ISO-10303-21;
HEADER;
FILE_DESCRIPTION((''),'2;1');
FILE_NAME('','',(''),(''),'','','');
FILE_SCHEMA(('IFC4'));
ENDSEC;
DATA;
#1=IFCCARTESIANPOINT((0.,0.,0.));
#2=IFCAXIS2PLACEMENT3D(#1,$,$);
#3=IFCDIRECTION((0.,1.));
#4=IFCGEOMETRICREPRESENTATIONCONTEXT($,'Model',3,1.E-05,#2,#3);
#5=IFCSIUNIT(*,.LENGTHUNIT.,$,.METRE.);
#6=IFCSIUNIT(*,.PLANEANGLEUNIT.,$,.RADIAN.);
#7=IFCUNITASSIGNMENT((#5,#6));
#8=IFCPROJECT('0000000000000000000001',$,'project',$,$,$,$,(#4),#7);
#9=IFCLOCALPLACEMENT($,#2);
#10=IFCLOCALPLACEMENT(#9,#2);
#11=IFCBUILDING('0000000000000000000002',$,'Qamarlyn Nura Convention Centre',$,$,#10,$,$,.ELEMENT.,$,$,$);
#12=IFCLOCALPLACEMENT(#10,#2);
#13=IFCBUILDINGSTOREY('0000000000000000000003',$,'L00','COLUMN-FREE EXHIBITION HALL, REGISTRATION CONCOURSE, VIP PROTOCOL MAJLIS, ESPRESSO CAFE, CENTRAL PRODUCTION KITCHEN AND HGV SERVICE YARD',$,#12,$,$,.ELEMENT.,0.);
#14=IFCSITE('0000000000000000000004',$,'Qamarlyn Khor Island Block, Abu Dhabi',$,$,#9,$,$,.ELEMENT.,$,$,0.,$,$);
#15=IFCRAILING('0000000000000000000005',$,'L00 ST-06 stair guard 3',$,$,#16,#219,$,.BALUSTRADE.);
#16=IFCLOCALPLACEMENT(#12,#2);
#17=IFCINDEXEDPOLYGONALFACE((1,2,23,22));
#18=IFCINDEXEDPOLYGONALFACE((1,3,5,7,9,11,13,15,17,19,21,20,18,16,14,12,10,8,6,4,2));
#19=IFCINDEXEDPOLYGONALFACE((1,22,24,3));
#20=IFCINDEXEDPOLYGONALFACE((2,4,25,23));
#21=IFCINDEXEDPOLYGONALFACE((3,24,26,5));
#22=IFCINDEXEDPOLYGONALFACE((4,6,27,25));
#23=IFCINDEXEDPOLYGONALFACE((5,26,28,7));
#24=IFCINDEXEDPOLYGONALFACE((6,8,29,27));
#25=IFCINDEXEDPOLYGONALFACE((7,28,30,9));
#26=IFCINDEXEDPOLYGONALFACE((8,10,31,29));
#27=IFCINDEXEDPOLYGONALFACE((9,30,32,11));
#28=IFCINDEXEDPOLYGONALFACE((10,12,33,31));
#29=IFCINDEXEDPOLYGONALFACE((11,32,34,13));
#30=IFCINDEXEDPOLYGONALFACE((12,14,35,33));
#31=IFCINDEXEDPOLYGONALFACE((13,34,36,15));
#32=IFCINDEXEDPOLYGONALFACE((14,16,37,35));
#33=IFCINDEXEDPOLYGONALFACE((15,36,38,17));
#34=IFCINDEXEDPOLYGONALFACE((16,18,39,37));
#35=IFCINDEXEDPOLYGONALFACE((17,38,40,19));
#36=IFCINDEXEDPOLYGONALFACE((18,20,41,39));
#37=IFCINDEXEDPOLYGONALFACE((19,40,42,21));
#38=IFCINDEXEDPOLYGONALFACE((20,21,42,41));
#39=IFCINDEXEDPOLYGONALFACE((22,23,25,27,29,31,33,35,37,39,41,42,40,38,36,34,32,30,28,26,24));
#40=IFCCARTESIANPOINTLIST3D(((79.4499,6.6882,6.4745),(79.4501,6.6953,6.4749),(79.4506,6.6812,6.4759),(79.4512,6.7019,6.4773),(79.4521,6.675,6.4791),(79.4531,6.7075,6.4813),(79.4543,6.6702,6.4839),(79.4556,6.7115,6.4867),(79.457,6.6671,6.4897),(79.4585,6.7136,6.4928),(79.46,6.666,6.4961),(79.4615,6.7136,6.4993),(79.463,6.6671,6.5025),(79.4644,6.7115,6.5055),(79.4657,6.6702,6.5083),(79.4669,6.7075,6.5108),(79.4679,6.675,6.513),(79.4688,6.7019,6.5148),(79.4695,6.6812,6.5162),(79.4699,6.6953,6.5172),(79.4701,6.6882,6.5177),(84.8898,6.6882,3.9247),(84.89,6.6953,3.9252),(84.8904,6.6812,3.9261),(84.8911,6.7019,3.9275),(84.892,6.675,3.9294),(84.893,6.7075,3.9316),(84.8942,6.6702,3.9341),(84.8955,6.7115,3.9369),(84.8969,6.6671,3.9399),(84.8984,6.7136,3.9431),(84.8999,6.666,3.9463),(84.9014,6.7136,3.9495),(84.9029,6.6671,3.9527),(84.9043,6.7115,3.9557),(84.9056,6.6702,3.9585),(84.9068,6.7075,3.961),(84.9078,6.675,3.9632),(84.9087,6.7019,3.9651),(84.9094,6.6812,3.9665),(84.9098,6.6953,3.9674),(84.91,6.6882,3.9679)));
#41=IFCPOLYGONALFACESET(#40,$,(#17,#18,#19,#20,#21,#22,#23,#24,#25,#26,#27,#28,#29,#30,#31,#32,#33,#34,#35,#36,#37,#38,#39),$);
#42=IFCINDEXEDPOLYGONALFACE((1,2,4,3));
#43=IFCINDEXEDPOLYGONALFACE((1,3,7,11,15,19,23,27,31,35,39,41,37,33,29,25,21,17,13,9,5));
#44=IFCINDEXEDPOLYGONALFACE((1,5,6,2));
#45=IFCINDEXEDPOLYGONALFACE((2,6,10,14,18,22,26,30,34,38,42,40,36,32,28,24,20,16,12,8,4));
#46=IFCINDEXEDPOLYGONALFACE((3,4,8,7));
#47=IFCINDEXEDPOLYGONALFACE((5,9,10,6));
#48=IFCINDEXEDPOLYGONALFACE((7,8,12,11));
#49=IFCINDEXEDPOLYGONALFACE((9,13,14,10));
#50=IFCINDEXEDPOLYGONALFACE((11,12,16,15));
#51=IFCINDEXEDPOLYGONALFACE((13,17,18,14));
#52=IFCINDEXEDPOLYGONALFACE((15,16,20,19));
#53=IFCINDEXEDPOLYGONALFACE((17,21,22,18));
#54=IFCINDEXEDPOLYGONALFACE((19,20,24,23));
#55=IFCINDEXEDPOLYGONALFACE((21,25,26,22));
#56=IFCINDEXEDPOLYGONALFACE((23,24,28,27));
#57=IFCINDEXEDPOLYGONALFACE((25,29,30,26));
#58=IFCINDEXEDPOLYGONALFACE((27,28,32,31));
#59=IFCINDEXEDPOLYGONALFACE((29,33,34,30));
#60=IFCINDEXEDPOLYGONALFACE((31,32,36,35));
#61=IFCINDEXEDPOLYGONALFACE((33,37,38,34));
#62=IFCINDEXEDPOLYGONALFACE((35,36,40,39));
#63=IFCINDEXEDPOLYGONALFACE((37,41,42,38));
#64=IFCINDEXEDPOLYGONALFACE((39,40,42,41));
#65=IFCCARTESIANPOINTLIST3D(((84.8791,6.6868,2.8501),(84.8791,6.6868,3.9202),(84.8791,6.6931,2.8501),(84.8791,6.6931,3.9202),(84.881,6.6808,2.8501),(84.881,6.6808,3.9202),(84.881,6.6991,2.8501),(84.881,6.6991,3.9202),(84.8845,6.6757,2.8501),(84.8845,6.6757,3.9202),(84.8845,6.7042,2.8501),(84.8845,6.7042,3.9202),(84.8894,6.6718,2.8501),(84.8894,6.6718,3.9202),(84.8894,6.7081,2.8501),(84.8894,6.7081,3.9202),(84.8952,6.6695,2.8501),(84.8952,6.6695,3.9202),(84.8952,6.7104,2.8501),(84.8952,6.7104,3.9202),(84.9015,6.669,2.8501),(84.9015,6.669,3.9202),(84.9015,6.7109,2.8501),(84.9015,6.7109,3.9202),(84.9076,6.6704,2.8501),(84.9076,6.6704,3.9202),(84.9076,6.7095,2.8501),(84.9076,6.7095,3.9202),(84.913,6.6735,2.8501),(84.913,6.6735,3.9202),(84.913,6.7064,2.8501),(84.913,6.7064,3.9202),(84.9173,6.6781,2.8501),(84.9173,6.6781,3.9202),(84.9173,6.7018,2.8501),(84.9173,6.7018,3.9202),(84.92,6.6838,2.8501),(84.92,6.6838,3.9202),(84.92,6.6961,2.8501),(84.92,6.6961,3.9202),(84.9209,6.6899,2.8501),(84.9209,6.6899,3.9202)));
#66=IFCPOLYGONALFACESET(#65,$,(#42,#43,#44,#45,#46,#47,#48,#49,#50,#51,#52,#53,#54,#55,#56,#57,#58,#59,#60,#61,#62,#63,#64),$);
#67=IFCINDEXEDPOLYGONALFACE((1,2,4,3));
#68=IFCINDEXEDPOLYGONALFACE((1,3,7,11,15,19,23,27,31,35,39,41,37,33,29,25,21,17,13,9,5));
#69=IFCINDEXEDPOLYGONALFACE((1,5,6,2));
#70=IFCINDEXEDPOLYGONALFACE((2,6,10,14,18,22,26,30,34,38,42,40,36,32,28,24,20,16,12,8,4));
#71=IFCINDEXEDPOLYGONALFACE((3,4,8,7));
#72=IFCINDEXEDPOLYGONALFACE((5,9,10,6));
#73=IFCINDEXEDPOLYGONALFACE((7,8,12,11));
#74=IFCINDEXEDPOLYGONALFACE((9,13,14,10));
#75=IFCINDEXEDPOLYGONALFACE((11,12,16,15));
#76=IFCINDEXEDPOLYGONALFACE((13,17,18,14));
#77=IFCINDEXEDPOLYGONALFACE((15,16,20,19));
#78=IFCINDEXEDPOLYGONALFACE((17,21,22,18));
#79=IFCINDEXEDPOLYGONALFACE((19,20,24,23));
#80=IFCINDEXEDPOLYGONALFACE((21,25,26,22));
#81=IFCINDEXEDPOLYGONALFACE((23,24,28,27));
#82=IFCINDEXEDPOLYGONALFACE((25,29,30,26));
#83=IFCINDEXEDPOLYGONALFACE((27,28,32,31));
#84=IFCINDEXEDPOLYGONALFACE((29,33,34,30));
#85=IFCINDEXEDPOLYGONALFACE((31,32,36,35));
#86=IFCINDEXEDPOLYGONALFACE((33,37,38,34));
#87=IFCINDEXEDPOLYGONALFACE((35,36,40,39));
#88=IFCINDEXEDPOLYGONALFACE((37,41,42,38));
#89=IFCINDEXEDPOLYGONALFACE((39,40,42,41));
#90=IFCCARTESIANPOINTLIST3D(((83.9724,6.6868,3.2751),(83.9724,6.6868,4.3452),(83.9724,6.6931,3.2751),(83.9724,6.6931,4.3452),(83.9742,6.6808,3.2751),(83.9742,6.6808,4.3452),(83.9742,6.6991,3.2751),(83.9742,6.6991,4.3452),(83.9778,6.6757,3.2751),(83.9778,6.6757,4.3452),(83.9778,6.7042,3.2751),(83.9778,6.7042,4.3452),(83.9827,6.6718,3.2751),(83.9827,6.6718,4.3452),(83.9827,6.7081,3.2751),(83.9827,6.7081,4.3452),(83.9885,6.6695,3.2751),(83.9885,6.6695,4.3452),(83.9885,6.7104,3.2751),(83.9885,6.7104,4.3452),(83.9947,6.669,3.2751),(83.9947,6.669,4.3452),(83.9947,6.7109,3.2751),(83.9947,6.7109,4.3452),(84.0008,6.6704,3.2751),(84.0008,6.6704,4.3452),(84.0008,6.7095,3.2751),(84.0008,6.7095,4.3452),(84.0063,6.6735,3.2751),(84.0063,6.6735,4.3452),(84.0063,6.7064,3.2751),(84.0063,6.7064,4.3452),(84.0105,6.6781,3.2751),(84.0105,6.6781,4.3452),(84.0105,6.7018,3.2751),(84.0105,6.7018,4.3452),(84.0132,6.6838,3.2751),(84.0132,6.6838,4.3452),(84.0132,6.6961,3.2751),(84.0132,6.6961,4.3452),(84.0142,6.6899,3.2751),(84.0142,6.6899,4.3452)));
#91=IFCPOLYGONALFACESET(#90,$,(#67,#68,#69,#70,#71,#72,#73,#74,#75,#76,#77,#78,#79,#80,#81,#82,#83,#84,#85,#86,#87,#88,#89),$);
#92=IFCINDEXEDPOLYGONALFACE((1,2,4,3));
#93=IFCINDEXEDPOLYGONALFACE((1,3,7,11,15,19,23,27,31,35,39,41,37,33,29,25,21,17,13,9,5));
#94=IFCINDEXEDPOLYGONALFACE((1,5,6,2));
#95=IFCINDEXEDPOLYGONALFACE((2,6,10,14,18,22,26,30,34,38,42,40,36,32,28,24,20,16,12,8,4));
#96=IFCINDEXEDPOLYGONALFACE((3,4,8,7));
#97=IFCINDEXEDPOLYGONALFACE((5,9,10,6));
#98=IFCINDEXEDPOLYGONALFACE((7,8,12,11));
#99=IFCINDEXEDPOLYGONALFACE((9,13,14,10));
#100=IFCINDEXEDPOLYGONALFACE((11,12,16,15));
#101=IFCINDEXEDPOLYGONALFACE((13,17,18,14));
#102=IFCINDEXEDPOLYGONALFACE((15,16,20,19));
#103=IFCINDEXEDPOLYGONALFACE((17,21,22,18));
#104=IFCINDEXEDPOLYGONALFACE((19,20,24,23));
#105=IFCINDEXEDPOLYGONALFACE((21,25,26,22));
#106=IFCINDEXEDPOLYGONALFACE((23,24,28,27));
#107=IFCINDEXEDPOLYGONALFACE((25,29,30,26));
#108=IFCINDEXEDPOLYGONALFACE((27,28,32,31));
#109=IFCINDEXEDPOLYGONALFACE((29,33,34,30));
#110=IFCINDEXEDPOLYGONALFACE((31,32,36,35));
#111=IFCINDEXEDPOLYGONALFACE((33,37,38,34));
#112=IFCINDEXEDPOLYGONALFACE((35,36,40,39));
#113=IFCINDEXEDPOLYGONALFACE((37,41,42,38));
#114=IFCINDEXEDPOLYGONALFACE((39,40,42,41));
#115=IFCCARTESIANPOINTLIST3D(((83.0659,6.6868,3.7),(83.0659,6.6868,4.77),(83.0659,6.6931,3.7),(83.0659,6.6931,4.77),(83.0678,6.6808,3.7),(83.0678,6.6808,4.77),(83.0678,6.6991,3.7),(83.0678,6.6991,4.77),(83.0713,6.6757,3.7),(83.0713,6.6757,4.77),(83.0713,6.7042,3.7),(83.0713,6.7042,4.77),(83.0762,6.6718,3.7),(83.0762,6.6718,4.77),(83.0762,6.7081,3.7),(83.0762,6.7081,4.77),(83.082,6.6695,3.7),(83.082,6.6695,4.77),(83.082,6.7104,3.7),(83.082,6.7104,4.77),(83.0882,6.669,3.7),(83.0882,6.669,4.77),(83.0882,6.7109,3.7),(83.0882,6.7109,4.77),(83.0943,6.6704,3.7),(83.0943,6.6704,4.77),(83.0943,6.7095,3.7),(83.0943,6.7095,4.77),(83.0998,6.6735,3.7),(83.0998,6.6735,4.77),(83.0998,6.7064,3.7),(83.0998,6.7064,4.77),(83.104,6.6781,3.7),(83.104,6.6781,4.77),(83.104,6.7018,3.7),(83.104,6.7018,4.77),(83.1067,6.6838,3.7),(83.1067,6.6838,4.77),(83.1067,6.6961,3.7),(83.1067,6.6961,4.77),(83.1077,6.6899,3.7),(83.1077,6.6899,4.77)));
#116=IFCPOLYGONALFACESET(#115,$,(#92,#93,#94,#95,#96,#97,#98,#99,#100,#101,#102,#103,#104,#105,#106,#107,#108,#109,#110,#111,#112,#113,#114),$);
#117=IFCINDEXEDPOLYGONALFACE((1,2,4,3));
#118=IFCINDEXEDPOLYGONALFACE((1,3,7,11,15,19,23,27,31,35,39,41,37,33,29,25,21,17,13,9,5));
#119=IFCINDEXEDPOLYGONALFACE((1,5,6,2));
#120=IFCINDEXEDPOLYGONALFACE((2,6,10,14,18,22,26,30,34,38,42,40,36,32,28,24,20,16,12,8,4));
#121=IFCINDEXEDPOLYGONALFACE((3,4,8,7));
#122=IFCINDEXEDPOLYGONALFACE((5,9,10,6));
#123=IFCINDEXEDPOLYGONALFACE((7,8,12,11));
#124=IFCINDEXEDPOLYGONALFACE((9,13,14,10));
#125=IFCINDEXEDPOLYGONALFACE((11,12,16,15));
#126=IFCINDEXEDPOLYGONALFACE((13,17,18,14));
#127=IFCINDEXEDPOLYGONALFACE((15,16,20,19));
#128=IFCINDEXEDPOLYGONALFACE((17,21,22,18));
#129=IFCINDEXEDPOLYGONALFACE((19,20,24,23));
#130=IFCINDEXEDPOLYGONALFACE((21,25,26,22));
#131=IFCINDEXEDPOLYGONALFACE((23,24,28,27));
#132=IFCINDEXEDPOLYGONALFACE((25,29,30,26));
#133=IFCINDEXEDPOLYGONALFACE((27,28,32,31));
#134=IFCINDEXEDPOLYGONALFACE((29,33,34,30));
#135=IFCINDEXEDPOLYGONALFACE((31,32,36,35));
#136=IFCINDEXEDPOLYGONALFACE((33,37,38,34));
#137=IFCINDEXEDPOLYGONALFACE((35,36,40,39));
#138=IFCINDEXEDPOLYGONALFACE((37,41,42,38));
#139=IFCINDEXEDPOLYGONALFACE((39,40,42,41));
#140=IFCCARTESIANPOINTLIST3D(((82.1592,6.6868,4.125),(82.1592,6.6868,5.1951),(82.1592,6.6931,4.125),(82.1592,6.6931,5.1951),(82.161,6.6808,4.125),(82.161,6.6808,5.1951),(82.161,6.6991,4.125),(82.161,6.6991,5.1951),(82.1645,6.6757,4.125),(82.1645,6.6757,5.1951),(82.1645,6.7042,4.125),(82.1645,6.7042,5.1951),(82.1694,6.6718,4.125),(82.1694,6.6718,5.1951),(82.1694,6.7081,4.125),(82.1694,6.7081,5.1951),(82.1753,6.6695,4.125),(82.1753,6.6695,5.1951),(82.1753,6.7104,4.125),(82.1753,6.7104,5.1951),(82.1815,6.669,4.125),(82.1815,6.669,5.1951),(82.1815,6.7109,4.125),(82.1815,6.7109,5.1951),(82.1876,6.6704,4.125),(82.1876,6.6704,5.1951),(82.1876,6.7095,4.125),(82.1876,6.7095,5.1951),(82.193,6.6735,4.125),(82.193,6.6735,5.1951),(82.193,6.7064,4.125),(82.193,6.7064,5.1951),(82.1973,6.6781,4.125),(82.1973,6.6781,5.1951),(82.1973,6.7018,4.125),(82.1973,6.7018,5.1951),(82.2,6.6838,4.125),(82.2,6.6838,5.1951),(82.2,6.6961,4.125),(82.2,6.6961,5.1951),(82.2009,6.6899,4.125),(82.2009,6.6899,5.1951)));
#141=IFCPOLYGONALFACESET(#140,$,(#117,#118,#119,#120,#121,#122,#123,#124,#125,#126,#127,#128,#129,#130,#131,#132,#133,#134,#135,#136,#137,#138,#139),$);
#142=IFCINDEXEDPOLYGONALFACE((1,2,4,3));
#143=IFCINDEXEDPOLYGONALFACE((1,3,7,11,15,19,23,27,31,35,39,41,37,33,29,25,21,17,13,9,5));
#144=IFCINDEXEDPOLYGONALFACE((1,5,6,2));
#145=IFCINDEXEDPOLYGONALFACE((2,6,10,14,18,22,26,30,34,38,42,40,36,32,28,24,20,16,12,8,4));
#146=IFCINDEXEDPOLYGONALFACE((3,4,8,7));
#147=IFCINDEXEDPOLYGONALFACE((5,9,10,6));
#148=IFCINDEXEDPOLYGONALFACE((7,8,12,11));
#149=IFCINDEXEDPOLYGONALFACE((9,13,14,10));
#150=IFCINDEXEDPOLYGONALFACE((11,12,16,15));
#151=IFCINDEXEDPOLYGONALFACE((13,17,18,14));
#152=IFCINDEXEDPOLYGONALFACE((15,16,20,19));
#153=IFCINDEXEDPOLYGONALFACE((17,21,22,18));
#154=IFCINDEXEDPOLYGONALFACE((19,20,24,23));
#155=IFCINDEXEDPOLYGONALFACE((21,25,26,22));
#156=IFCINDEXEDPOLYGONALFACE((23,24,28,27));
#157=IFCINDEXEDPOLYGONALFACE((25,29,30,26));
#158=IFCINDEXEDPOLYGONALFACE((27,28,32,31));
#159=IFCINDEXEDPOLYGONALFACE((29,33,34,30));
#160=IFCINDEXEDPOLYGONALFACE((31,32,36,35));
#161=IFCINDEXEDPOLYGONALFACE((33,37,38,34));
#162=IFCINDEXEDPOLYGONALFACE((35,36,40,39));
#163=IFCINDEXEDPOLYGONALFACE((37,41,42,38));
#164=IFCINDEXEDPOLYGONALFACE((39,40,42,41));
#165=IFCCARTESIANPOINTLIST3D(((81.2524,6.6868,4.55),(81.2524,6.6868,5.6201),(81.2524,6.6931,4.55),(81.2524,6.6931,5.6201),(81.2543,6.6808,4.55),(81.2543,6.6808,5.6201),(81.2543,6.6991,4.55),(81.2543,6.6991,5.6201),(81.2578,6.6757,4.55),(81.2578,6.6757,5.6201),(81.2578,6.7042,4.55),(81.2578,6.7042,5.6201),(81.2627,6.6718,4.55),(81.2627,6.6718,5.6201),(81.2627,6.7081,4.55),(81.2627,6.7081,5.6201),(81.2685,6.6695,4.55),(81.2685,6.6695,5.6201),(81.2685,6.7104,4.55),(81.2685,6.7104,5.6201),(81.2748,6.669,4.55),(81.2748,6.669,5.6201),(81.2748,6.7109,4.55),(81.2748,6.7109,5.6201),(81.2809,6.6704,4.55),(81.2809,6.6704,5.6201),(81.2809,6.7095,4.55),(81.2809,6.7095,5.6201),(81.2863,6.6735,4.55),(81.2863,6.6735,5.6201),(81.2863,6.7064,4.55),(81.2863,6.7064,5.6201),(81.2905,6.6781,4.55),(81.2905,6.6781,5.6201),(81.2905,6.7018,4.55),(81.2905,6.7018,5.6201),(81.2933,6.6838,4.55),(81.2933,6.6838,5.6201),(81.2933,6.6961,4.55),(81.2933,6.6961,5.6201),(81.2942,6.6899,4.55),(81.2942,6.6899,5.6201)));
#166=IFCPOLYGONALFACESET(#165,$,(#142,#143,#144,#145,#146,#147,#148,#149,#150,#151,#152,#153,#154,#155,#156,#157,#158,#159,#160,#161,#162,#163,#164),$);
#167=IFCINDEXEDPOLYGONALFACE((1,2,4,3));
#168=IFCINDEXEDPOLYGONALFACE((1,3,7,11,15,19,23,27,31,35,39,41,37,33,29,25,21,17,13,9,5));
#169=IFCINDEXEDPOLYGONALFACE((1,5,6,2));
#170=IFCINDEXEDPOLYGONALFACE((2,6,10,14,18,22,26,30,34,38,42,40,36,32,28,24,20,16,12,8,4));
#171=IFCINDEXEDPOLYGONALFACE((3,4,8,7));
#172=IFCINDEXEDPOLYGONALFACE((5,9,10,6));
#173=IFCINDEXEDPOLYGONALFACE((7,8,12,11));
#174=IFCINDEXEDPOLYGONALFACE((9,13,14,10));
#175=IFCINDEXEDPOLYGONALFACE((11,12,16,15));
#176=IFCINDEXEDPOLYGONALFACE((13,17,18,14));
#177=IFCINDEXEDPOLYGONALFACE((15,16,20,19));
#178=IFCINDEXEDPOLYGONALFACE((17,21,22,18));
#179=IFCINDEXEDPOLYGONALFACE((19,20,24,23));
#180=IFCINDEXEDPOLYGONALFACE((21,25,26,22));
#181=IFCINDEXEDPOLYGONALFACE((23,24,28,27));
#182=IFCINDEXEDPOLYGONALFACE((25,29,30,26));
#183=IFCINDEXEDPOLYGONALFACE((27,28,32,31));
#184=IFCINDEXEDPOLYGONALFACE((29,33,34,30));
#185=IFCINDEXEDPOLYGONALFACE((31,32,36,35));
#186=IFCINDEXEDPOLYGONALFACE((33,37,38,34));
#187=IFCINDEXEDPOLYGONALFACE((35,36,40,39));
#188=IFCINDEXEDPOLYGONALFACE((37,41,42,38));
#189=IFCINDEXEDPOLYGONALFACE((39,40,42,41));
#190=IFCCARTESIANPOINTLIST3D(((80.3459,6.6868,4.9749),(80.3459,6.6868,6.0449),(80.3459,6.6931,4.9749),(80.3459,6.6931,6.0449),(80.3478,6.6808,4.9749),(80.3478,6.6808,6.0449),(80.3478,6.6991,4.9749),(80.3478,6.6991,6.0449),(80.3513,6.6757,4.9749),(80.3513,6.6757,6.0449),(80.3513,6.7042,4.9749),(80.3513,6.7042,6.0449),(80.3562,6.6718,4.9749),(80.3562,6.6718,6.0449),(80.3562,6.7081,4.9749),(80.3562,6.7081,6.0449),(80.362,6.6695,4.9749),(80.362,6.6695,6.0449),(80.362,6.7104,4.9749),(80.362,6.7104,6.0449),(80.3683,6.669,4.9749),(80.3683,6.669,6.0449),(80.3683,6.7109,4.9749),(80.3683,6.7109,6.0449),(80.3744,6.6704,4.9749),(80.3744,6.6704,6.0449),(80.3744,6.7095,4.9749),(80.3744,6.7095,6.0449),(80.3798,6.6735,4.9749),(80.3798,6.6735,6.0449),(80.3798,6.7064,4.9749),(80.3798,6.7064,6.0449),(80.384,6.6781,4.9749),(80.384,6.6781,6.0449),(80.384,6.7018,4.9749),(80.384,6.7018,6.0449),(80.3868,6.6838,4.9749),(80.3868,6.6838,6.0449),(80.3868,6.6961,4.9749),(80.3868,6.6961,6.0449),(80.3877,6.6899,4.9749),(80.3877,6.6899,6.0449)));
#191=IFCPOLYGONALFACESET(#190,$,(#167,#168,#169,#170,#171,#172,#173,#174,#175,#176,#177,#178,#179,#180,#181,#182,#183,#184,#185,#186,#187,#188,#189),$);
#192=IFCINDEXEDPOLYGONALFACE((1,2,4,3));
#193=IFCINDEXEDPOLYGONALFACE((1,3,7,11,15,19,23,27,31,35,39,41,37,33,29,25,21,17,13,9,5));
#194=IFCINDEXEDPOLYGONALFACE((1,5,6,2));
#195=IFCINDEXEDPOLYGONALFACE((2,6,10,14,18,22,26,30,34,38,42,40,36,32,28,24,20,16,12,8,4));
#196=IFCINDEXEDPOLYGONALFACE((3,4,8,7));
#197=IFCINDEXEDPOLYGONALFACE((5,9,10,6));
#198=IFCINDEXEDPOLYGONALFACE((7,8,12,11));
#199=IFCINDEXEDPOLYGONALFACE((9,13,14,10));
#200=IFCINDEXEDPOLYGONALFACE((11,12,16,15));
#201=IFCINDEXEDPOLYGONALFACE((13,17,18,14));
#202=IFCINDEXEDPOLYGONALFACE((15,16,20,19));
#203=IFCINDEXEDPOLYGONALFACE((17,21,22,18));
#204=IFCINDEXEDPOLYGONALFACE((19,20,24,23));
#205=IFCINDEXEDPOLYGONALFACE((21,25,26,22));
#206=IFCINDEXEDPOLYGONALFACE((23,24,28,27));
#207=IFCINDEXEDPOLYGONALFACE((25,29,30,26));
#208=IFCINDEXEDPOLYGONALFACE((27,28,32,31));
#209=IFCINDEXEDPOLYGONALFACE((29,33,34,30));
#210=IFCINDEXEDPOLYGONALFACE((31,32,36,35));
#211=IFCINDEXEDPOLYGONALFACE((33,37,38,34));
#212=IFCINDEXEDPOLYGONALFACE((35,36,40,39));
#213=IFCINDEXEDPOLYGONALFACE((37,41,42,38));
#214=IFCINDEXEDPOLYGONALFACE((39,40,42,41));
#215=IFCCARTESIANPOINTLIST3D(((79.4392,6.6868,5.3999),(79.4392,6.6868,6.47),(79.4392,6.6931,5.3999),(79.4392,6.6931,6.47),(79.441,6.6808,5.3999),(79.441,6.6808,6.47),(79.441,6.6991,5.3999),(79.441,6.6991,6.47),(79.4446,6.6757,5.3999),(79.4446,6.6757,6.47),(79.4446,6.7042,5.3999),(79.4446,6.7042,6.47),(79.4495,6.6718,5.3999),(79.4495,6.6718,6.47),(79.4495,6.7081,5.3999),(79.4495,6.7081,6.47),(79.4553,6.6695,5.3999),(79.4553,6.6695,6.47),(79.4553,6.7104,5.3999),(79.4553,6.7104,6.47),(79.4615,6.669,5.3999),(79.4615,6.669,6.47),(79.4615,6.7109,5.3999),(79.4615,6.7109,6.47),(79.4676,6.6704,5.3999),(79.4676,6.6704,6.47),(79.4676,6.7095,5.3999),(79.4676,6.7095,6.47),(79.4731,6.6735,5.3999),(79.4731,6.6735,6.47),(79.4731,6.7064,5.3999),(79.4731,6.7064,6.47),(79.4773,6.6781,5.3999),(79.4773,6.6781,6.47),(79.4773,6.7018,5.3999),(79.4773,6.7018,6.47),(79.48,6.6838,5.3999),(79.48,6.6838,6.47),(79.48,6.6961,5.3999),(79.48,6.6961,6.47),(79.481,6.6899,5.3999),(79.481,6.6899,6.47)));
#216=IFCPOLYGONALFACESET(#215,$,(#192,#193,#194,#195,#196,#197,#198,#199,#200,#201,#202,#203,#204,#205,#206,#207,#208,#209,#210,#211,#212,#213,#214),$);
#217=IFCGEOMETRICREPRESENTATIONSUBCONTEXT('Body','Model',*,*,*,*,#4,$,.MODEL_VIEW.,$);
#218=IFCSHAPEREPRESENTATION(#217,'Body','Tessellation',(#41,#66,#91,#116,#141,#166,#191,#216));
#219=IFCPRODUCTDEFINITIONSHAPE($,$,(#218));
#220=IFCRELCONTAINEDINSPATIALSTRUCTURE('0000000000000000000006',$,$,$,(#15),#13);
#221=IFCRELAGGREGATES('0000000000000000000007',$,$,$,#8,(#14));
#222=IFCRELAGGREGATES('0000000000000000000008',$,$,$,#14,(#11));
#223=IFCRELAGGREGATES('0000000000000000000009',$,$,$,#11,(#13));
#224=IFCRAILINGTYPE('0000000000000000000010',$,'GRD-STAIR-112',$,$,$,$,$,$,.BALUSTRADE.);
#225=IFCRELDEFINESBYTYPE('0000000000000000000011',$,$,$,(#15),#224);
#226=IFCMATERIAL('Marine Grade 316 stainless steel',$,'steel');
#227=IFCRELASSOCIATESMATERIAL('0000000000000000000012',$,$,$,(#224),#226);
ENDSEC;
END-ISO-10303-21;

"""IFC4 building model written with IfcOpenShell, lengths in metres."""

from ifc_helpers import new_model, si_unit, direction, frame, origin, origin_2d, place, context, subcontext, project, spatial, circle, extrude, material, type_object, element, save


model = new_model("IFC4")

# Units and contexts
model_context = context("Model", 3, precision=1e-05, world=origin(), true_north=direction((0.0, 1.0)))
body_context = subcontext(model_context, "Body", "Model", "MODEL_VIEW")
ifc_project = project(units=[si_unit("LENGTHUNIT", "METRE"), si_unit("PLANEANGLEUNIT", "RADIAN")], contexts=[model_context])

# Site, building, storey
site_placement = place(None, origin())
site = spatial("IfcSite", under=ifc_project, at=site_placement, Name="Qamarlyn Khor Island Block, Abu Dhabi", CompositionType="ELEMENT", RefElevation=0.0)
building_placement = place(site_placement, origin())
building = spatial("IfcBuilding", under=site, at=building_placement, Name="Qamarlyn Nura Convention Centre", CompositionType="ELEMENT")
storey_placement = place(building_placement, origin())
storey = spatial("IfcBuildingStorey", under=building, at=storey_placement, Name="L00", Description="COLUMN-FREE EXHIBITION HALL, REGISTRATION CONCOURSE, VIP PROTOCOL MAJLIS, ESPRESSO CAFE, CENTRAL PRODUCTION KITCHEN AND HGV SERVICE YARD", CompositionType="ELEMENT", Elevation=0.0)

# Railing
ifc_material_1 = material(Name="Marine Grade 316 stainless steel", Category="steel")
railing_type_1 = type_object("IfcRailingType", Name="GRD-STAIR-112", PredefinedType="BALUSTRADE", material=ifc_material_1)
railing_1_placement = place(storey_placement, frame((84.8999, 6.6899, 2.8501)))
element("IfcRailing", 1, at=railing_1_placement, inside=storey, type_object=railing_type_1, Name="L00 ST-06 stair guard 3", PredefinedType="BALUSTRADE", context=body_context, shape_type="SweptSolid", body=[
    extrude(circle(Radius=0.0239, at=origin_2d()), frame((0.0, 0.0, 1.0962), z_axis=(-0.90547, 0.0, 0.424411), x_axis=(0.0, -1.0, 0.0)), (0.0, 0.0, 1.0), 6.0078),
    extrude(circle(Radius=0.021, at=origin_2d()), origin(), (0.0, 0.0, 1.0), 1.0701),
    extrude(circle(Radius=0.021, at=origin_2d()), frame((-0.9067, 0.0, 0.425)), (0.0, 0.0, 1.0), 1.0701),
    extrude(circle(Radius=0.021, at=origin_2d()), frame((-1.8132, 0.0, 0.8499)), (0.0, 0.0, 1.0), 1.0701),
    extrude(circle(Radius=0.021, at=origin_2d()), frame((-2.72, 0.0, 1.2749)), (0.0, 0.0, 1.0), 1.0701),
    extrude(circle(Radius=0.021, at=origin_2d()), frame((-3.6267, 0.0, 1.7)), (0.0, 0.0, 1.0), 1.0701),
    extrude(circle(Radius=0.021, at=origin_2d()), frame((-4.5332, 0.0, 2.1248)), (0.0, 0.0, 1.0), 1.0701),
    extrude(circle(Radius=0.021, at=origin_2d()), frame((-5.4399, 0.0, 2.5498)), (0.0, 0.0, 1.0), 1.0701),
])

save(model, "model.ifc")
